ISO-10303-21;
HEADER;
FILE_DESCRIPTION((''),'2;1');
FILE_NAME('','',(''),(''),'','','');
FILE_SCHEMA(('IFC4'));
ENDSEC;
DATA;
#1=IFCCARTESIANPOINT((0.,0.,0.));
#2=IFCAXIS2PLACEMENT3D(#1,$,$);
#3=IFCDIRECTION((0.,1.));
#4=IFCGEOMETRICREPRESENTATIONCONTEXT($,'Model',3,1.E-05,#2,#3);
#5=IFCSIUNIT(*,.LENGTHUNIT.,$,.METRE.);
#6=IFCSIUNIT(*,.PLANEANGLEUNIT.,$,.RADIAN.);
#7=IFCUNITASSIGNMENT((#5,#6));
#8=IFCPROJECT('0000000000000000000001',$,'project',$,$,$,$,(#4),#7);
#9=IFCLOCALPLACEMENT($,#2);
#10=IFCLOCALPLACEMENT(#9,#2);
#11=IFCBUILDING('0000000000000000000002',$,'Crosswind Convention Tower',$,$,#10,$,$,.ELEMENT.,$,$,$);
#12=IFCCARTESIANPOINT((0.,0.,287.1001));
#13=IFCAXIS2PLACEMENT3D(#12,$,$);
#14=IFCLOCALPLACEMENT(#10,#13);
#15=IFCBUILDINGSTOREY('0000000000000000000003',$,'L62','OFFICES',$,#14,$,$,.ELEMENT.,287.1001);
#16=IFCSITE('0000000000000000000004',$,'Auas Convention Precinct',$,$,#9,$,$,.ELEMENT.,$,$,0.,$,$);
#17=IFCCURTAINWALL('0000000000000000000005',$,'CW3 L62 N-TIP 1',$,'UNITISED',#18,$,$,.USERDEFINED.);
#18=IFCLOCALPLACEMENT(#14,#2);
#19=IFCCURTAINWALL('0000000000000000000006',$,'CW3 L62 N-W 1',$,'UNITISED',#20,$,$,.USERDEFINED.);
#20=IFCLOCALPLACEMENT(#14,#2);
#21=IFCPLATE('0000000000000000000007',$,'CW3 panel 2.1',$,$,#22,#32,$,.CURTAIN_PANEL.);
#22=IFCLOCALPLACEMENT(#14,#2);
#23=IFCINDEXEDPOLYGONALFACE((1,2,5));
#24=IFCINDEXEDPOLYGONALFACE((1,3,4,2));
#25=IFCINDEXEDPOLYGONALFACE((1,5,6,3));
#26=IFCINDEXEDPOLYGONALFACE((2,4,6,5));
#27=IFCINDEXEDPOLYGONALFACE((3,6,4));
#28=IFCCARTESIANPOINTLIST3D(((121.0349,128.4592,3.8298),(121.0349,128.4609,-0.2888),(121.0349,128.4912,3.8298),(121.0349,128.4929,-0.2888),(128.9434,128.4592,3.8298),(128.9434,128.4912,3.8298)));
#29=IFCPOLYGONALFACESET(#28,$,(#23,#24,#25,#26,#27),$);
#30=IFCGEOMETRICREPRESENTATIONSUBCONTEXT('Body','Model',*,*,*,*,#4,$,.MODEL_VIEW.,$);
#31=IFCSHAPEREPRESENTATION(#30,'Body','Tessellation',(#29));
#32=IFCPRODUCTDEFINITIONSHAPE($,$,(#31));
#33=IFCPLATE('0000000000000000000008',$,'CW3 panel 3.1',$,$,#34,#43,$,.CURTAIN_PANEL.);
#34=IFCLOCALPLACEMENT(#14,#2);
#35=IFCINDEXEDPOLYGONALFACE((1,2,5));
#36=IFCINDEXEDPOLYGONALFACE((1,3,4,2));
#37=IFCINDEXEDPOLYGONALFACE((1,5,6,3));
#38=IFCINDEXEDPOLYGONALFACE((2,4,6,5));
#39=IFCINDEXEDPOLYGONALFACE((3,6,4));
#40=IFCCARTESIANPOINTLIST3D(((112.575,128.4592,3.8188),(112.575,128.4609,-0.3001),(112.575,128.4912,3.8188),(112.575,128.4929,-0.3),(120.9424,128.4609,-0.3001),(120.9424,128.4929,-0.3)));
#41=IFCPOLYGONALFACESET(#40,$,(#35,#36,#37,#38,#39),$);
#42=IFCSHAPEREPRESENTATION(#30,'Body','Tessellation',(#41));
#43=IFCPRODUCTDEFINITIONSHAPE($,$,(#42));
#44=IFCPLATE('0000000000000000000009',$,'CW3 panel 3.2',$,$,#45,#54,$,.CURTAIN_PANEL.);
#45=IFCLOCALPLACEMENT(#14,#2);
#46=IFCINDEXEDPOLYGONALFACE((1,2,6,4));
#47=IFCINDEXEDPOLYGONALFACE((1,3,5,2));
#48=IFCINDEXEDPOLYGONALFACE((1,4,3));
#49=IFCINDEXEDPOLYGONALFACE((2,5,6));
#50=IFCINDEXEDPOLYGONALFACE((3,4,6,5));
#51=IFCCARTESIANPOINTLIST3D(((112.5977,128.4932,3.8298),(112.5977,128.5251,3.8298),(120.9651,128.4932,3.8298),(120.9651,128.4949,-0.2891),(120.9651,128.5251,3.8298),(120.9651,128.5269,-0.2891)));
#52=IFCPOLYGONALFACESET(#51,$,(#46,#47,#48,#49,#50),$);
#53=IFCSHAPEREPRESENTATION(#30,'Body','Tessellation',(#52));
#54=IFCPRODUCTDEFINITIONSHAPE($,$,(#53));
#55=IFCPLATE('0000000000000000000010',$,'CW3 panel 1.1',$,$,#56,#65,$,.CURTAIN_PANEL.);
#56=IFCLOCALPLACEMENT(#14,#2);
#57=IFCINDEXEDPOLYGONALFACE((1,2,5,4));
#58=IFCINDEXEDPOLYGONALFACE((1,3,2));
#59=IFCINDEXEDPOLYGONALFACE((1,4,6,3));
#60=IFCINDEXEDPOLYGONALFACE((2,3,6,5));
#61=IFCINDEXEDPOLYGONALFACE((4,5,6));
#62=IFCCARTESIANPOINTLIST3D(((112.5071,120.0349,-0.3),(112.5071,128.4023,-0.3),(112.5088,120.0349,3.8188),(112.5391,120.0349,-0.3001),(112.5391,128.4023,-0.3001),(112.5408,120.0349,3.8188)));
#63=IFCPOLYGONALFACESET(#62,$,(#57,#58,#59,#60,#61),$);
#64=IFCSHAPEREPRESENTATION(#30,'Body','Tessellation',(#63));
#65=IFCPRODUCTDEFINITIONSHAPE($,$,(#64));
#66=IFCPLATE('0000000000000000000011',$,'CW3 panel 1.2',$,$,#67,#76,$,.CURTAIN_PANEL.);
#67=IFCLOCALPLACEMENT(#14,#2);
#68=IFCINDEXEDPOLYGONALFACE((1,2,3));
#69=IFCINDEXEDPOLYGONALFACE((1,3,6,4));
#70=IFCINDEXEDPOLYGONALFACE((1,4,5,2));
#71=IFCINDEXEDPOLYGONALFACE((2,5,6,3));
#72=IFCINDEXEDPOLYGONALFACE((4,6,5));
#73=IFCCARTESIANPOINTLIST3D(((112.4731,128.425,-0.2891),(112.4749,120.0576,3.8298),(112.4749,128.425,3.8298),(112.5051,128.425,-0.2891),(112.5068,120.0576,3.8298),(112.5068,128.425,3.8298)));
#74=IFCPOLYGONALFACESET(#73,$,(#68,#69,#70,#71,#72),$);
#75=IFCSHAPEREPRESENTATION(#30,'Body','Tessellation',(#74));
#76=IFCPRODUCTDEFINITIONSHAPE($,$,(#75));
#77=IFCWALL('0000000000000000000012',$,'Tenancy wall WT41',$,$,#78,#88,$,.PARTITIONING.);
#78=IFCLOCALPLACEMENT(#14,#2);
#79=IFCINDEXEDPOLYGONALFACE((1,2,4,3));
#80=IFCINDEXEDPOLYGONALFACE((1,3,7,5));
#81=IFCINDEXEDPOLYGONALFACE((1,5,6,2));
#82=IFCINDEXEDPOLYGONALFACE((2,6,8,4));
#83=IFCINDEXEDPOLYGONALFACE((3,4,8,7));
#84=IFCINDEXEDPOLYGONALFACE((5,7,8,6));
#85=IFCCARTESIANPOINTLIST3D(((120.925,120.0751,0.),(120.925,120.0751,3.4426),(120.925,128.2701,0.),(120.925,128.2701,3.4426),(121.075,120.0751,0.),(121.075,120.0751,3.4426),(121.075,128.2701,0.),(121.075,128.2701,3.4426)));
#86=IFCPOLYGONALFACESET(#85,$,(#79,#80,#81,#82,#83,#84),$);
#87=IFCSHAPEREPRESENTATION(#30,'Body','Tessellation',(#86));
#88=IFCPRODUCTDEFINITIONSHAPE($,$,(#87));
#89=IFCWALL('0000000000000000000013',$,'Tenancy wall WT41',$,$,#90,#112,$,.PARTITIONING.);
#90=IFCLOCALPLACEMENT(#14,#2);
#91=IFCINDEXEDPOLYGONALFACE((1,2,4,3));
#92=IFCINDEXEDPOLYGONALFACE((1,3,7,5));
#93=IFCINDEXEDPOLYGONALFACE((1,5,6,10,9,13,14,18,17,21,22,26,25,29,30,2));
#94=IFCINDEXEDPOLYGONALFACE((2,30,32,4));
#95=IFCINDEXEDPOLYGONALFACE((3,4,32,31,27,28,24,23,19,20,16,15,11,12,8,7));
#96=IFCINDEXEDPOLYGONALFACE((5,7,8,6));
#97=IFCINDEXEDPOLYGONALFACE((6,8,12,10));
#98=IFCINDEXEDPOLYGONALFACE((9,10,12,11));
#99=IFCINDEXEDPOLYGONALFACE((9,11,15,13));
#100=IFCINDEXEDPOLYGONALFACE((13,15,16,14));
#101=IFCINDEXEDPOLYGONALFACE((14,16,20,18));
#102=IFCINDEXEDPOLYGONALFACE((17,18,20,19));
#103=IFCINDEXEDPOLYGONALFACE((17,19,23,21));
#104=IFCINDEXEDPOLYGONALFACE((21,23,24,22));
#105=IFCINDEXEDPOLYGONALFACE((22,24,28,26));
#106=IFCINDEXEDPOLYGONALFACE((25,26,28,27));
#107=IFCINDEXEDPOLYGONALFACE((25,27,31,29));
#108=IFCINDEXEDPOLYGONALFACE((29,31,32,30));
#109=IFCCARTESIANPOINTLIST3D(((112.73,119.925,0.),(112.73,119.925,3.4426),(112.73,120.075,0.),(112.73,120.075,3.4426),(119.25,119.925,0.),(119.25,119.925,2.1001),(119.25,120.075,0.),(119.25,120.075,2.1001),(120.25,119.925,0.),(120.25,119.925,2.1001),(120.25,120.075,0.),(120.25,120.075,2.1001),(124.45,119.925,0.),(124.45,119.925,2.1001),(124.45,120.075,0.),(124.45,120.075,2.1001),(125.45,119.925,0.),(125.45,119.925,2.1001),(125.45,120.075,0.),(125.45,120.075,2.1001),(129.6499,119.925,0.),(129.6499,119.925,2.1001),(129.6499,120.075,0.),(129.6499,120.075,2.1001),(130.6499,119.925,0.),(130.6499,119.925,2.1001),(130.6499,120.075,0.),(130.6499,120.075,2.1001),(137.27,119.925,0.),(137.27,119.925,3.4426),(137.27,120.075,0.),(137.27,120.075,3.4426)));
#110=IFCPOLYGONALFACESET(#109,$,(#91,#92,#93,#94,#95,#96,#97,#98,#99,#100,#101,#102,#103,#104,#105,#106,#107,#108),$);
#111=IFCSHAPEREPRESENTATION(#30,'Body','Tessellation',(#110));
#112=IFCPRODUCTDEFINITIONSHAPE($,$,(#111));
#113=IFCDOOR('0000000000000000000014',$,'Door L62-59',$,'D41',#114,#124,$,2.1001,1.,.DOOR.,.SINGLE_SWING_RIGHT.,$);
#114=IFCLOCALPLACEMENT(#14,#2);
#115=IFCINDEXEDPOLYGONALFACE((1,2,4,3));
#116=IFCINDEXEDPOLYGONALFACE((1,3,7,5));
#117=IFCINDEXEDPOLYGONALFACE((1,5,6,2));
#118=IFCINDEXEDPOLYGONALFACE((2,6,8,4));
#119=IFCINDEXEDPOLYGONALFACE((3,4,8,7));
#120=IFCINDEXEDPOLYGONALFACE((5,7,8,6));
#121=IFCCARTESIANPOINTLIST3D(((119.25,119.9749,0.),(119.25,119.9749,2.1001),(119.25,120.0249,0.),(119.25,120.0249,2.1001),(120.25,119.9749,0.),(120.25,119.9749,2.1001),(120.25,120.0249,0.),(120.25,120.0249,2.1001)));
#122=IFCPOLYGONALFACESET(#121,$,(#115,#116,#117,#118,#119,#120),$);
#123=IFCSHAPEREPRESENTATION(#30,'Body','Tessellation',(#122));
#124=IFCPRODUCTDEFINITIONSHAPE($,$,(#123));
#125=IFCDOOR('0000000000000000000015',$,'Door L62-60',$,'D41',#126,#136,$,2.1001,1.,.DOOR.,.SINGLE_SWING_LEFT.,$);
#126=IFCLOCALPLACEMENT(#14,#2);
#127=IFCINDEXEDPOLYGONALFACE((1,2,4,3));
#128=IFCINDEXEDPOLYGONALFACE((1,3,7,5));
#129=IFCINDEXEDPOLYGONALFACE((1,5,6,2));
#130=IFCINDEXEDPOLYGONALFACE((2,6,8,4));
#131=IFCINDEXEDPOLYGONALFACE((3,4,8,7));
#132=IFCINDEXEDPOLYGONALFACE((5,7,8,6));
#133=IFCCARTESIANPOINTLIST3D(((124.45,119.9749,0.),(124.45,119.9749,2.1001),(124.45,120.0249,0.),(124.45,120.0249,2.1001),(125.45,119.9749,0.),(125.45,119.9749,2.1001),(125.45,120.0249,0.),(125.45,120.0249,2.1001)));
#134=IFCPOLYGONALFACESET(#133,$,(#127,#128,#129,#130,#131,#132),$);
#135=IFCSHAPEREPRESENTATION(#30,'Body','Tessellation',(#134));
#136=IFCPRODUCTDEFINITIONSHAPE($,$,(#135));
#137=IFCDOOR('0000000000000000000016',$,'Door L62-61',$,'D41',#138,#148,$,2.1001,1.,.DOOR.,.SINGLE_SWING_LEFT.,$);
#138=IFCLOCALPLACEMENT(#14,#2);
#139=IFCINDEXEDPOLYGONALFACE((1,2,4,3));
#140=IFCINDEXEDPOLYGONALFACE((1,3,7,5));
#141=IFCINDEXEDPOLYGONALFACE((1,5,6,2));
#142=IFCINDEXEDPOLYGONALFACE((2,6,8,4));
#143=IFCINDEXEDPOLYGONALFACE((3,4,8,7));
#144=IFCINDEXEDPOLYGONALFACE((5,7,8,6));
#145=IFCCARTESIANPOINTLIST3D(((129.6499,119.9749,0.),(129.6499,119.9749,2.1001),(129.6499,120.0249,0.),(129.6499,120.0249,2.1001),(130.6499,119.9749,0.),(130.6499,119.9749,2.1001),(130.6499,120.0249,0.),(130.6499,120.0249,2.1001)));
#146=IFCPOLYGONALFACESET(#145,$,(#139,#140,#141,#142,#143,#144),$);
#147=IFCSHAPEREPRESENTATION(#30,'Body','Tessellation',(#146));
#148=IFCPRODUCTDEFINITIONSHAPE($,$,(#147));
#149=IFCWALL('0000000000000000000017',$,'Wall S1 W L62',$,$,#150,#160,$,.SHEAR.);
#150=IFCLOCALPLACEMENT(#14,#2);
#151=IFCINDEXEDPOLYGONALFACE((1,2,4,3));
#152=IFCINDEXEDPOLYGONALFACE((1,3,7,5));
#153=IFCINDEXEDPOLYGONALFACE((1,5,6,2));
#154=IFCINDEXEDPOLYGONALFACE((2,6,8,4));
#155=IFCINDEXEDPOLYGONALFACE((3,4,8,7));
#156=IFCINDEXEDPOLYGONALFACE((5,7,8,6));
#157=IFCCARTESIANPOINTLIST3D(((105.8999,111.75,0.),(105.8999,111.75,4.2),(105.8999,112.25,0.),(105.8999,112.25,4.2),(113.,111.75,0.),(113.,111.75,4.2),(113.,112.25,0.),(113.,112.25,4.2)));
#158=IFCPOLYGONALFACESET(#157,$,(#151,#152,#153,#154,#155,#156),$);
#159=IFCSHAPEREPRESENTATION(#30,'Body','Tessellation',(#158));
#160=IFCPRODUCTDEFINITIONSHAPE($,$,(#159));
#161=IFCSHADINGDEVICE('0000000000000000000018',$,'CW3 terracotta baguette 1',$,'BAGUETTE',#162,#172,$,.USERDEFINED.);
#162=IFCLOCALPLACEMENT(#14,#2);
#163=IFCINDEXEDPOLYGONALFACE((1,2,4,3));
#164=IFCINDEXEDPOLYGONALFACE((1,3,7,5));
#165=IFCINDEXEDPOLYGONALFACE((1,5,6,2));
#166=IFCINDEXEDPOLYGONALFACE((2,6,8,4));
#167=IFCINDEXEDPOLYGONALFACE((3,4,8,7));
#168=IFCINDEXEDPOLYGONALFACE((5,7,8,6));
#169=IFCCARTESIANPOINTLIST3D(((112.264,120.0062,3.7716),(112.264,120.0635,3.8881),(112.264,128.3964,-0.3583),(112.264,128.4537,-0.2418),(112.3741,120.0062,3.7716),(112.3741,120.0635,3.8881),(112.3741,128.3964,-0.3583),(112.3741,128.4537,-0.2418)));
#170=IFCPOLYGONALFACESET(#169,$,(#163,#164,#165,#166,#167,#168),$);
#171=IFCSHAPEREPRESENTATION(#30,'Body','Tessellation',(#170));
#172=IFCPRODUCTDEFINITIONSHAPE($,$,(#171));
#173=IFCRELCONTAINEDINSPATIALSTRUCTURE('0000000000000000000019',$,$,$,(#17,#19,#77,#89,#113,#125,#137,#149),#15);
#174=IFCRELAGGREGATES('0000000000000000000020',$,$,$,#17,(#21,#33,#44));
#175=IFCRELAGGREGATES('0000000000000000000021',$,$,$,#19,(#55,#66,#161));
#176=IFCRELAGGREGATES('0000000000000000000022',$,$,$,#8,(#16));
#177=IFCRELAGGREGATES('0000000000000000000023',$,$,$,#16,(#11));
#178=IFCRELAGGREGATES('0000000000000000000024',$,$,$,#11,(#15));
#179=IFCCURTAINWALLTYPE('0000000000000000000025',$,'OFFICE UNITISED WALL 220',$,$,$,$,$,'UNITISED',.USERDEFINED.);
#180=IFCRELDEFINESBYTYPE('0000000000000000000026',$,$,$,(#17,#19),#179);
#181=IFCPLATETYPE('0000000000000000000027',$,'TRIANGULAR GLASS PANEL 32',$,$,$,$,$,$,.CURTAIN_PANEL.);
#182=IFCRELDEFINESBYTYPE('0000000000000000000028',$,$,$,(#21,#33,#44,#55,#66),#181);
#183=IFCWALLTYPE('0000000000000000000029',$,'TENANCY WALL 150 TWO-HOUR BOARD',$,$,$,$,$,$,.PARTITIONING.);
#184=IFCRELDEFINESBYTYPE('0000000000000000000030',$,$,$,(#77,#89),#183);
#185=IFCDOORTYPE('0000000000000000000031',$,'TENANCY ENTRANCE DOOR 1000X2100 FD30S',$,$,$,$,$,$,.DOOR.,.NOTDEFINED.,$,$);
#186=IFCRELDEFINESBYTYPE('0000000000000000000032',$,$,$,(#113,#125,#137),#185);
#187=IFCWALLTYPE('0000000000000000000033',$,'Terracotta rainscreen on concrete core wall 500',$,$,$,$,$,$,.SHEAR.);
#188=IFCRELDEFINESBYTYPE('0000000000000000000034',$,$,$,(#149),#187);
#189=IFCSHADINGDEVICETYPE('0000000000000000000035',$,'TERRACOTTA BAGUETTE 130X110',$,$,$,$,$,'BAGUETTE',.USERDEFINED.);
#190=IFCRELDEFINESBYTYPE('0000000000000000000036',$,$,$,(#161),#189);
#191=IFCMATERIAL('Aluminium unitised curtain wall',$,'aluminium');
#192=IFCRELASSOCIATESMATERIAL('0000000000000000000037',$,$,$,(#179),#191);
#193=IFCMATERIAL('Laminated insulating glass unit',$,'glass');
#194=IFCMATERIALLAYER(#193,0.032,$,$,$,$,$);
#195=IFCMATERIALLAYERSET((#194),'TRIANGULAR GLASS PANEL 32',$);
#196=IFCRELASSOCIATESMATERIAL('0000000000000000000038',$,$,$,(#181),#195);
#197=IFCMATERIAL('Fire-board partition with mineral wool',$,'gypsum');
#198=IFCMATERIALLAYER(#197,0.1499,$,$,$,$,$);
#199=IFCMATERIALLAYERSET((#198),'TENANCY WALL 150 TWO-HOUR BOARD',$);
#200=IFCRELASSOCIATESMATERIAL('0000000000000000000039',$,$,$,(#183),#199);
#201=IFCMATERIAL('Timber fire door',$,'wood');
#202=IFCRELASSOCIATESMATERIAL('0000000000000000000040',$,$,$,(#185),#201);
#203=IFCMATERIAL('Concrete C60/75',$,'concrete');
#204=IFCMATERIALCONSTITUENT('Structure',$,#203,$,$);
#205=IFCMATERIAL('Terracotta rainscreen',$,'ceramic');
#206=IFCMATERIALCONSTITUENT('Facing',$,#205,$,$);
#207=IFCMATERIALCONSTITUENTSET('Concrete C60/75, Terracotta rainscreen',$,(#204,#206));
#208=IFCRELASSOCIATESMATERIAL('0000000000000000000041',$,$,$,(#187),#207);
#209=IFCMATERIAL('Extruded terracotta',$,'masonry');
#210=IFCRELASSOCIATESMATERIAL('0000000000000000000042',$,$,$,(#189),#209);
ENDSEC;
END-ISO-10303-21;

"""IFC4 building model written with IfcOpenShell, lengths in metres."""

from ifc_helpers import new_model, si_unit, direction, frame, frame_2d, origin, origin_2d, place, context, subcontext, project, spatial, polyline, rectangle, outline, extrude, material, layer, layer_set, constituent, constituent_set, material_profile, profile_set, type_object, element, fill, aggregate, save


model = new_model("IFC4")

# Units and contexts
model_context = context("Model", 3, precision=1e-05, world=origin(), true_north=direction((0.0, 1.0)))
body_context = subcontext(model_context, "Body", "Model", "MODEL_VIEW")
ifc_project = project(units=[si_unit("LENGTHUNIT", "METRE"), si_unit("PLANEANGLEUNIT", "RADIAN")], contexts=[model_context])

# Site, building, storey
site_placement = place(None, origin())
site = spatial("IfcSite", under=ifc_project, at=site_placement, Name="Auas Convention Precinct", CompositionType="ELEMENT", RefElevation=0.0)
building_placement = place(site_placement, origin())
building = spatial("IfcBuilding", under=site, at=building_placement, Name="Crosswind Convention Tower", CompositionType="ELEMENT")
storey_placement = place(building_placement, frame((0.0, 0.0, 287.1001)))
storey = spatial("IfcBuildingStorey", under=building, at=storey_placement, Name="L62", Description="OFFICES", CompositionType="ELEMENT", Elevation=287.1001)

# Shared definitions
ifc_material_1 = material(Name="Concrete C60/75", Category="concrete")

# Curtain wall
ifc_material_2 = material(Name="Aluminium unitised curtain wall", Category="aluminium")
curtain_wall_type_1 = type_object("IfcCurtainWallType", Name="OFFICE UNITISED WALL 220", ElementType="UNITISED", PredefinedType="USERDEFINED", material=ifc_material_2)
curtain_wall_1_placement = place(storey_placement, origin())
curtain_wall_1 = element("IfcCurtainWall", 1, at=curtain_wall_1_placement, inside=storey, type_object=curtain_wall_type_1, Name="CW3 L62 N-TIP 1", ObjectType="UNITISED", PredefinedType="USERDEFINED")

# Curtain wall
curtain_wall_2_placement = place(storey_placement, origin())
curtain_wall_2 = element("IfcCurtainWall", 2, at=curtain_wall_2_placement, inside=storey, type_object=curtain_wall_type_1, Name="CW3 L62 N-W 1", ObjectType="UNITISED", PredefinedType="USERDEFINED")

# Plates
ifc_material_3 = material(Name="Laminated insulating glass unit", Category="glass")
ifc_layer_1 = layer(ifc_material_3, 0.032)
ifc_layer_set_1 = layer_set([ifc_layer_1], Name="TRIANGULAR GLASS PANEL 32")
plate_type_1 = type_object("IfcPlateType", Name="TRIANGULAR GLASS PANEL 32", PredefinedType="CURTAIN_PANEL", material=ifc_layer_set_1)
plate_1_placement = place(storey_placement, frame((121.0349, 128.4912, 3.8298), z_axis=(0.0, 1.0, 0.000415), x_axis=(1.0, 0.0, 0.0)))
plate_1 = element("IfcPlate", 3, at=plate_1_placement, type_object=plate_type_1, Name="CW3 panel 2.1", PredefinedType="CURTAIN_PANEL", context=body_context, shape_type="SweptSolid", body=[
    extrude(outline(polyline([(0.0, 0.0), (7.9084, 0.0), (0.0, 4.1187), (0.0, 0.0)])), origin(), (0.0, 0.0, -1.0), 0.032),
])
plate_2_placement = place(storey_placement, frame((112.575, 128.4929, -0.3), z_axis=(0.0, 1.0, 0.000415), x_axis=(0.0, -0.000415, 1.0)))
plate_2 = element("IfcPlate", 4, at=plate_2_placement, type_object=plate_type_1, Name="CW3 panel 3.1", PredefinedType="CURTAIN_PANEL", context=body_context, shape_type="SweptSolid", body=[
    extrude(outline(polyline([(0.0, 0.0), (4.1189, 0.0), (0.0, 8.3674), (0.0, 0.0)])), origin(), (0.0, 0.0, -1.0), 0.032),
])
plate_3_placement = place(storey_placement, frame((120.9651, 128.5251, 3.8298), z_axis=(0.0, 1.0, 0.000415), x_axis=(0.0, 0.000415, -1.0)))
plate_3 = element("IfcPlate", 5, at=plate_3_placement, type_object=plate_type_1, Name="CW3 panel 3.2", PredefinedType="CURTAIN_PANEL", context=body_context, shape_type="SweptSolid", body=[
    extrude(outline(polyline([(0.0, 0.0), (4.1189, 0.0), (0.0, 8.3674), (0.0, 0.0)])), origin(), (0.0, 0.0, -1.0), 0.032),
])
aggregate(curtain_wall_1, [plate_1, plate_2, plate_3])
plate_4_placement = place(storey_placement, frame((112.5071, 120.0349, -0.3), z_axis=(-1.0, 0.0, 0.000415), x_axis=(0.000415, 0.0, 1.0)))
plate_4 = element("IfcPlate", 6, at=plate_4_placement, type_object=plate_type_1, Name="CW3 panel 1.1", PredefinedType="CURTAIN_PANEL", context=body_context, shape_type="SweptSolid", body=[
    extrude(outline(polyline([(0.0, 0.0), (4.1189, 0.0), (0.0, 8.3674), (0.0, 0.0)])), origin(), (0.0, 0.0, -1.0), 0.032),
])
plate_5_placement = place(storey_placement, frame((112.4749, 128.425, 3.8298), z_axis=(-1.0, 0.0, 0.000415), x_axis=(-0.000415, 0.0, -1.0)))
plate_5 = element("IfcPlate", 7, at=plate_5_placement, type_object=plate_type_1, Name="CW3 panel 1.2", PredefinedType="CURTAIN_PANEL", context=body_context, shape_type="SweptSolid", body=[
    extrude(outline(polyline([(0.0, 0.0), (4.1189, 0.0), (0.0, 8.3674), (0.0, 0.0)])), origin(), (0.0, 0.0, -1.0), 0.032),
])

# Wall
ifc_material_4 = material(Name="Fire-board partition with mineral wool", Category="gypsum")
ifc_layer_2 = layer(ifc_material_4, 0.1499)
ifc_layer_set_2 = layer_set([ifc_layer_2], Name="TENANCY WALL 150 TWO-HOUR BOARD")
wall_type_1 = type_object("IfcWallType", Name="TENANCY WALL 150 TWO-HOUR BOARD", PredefinedType="PARTITIONING", material=ifc_layer_set_2)
wall_1_placement = place(storey_placement, frame((121.0, 120.075, 0.0), z_axis=(0.0, 0.0, 1.0), x_axis=(0.0, 1.0, 0.0)))
element("IfcWall", 8, at=wall_1_placement, inside=storey, type_object=wall_type_1, Name="Tenancy wall WT41", PredefinedType="PARTITIONING", context=body_context, shape_type="SweptSolid", body=[
    extrude(rectangle(XDim=8.1951, YDim=0.1499, at=frame_2d((4.0977, 0.0))), origin(), (0.0, 0.0, 1.0), 3.4426),
])

# Wall, openings, doors
wall_2_placement = place(storey_placement, frame((112.73, 120.0, 0.0), z_axis=(0.0, 0.0, 1.0), x_axis=(1.0, 0.0, 0.0)))
wall_2 = element("IfcWall", 9, at=wall_2_placement, inside=storey, type_object=wall_type_1, Name="Tenancy wall WT41", PredefinedType="PARTITIONING", context=body_context, shape_type="SweptSolid", body=[
    extrude(rectangle(XDim=24.54, YDim=0.1499, at=frame_2d((12.27, 0.0))), origin(), (0.0, 0.0, 1.0), 3.4426),
])
opening_1_placement = place(wall_2_placement, frame((6.52, 0.0, 0.0)))
opening_1 = element("IfcOpeningElement", 10, at=opening_1_placement, cuts=wall_2, PredefinedType="OPENING", context=body_context, shape_type="SweptSolid", body=[
    extrude(rectangle(XDim=1.0, YDim=2.1001, at=frame_2d((0.5, 1.05))), frame((0.0, 0.085, 0.0), z_axis=(0.0, -1.0, 0.0), x_axis=(1.0, 0.0, 0.0)), (0.0, 0.0, 1.0), 0.1699),
])
opening_2_placement = place(wall_2_placement, frame((11.72, 0.0, 0.0)))
opening_2 = element("IfcOpeningElement", 11, at=opening_2_placement, cuts=wall_2, PredefinedType="OPENING", context=body_context, shape_type="SweptSolid", body=[
    extrude(rectangle(XDim=1.0, YDim=2.1001, at=frame_2d((0.5, 1.05))), frame((0.0, 0.085, 0.0), z_axis=(0.0, -1.0, 0.0), x_axis=(1.0, 0.0, 0.0)), (0.0, 0.0, 1.0), 0.1699),
])
opening_3_placement = place(wall_2_placement, frame((16.9199, 0.0, 0.0)))
opening_3 = element("IfcOpeningElement", 12, at=opening_3_placement, cuts=wall_2, PredefinedType="OPENING", context=body_context, shape_type="SweptSolid", body=[
    extrude(rectangle(XDim=1.0, YDim=2.1001, at=frame_2d((0.5, 1.05))), frame((0.0, 0.085, 0.0), z_axis=(0.0, -1.0, 0.0), x_axis=(1.0, 0.0, 0.0)), (0.0, 0.0, 1.0), 0.1699),
])
ifc_material_5 = material(Name="Timber fire door", Category="wood")
door_type = type_object("IfcDoorType", Name="TENANCY ENTRANCE DOOR 1000X2100 FD30S", OperationType="NOTDEFINED", PredefinedType="DOOR", material=ifc_material_5)
door_1_placement = place(opening_1_placement, origin())
door_1 = element("IfcDoor", 13, at=door_1_placement, inside=storey, type_object=door_type, Name="Door L62-59", ObjectType="D41", OperationType="SINGLE_SWING_RIGHT", OverallHeight=2.1001, OverallWidth=1.0, PredefinedType="DOOR", context=body_context, shape_type="SweptSolid", body=[
    extrude(rectangle(XDim=1.0, YDim=2.1001, at=frame_2d((0.5, 1.05))), frame((0.0, 0.0249, 0.0), z_axis=(0.0, -1.0, 0.0), x_axis=(1.0, 0.0, 0.0)), (0.0, 0.0, 1.0), 0.05),
])
fill(opening_1, door_1)
door_2_placement = place(opening_2_placement, origin())
door_2 = element("IfcDoor", 14, at=door_2_placement, inside=storey, type_object=door_type, Name="Door L62-60", ObjectType="D41", OperationType="SINGLE_SWING_LEFT", OverallHeight=2.1001, OverallWidth=1.0, PredefinedType="DOOR", context=body_context, shape_type="SweptSolid", body=[
    extrude(rectangle(XDim=1.0, YDim=2.1001, at=frame_2d((0.5, 1.05))), frame((0.0, 0.0249, 0.0), z_axis=(0.0, -1.0, 0.0), x_axis=(1.0, 0.0, 0.0)), (0.0, 0.0, 1.0), 0.05),
])
fill(opening_2, door_2)
door_3_placement = place(opening_3_placement, origin())
door_3 = element("IfcDoor", 15, at=door_3_placement, inside=storey, type_object=door_type, Name="Door L62-61", ObjectType="D41", OperationType="SINGLE_SWING_LEFT", OverallHeight=2.1001, OverallWidth=1.0, PredefinedType="DOOR", context=body_context, shape_type="SweptSolid", body=[
    extrude(rectangle(XDim=1.0, YDim=2.1001, at=frame_2d((0.5, 1.05))), frame((0.0, 0.0249, 0.0), z_axis=(0.0, -1.0, 0.0), x_axis=(1.0, 0.0, 0.0)), (0.0, 0.0, 1.0), 0.05),
])
fill(opening_3, door_3)

# Wall
ifc_constituent_1 = constituent(ifc_material_1, Name="Structure")
ifc_material_6 = material(Name="Terracotta rainscreen", Category="ceramic")
ifc_constituent_2 = constituent(ifc_material_6, Name="Facing")
ifc_constituent_set = constituent_set(constituents=[ifc_constituent_1, ifc_constituent_2], Name="Concrete C60/75, Terracotta rainscreen")
wall_type_2 = type_object("IfcWallType", Name="Terracotta rainscreen on concrete core wall 500", PredefinedType="SHEAR", material=ifc_constituent_set)
wall_3_placement = place(storey_placement, frame((113.0, 112.0, 0.0), z_axis=(0.0, 0.0, 1.0), x_axis=(-1.0, 0.0, 0.0)))
element("IfcWall", 16, at=wall_3_placement, inside=storey, type_object=wall_type_2, Name="Wall S1 W L62", PredefinedType="SHEAR", context=body_context, shape_type="SweptSolid", body=[
    extrude(rectangle(XDim=7.1001, YDim=0.5, at=frame_2d((3.55, 0.0))), origin(), (0.0, 0.0, 1.0), 4.2),
])

# Shading device
ifc_material_7 = material(Name="Extruded terracotta", Category="masonry")
ifc_material_profile_1 = material_profile(ifc_material_7, rectangle(XDim=0.1101, YDim=0.1299, at=origin_2d()), Name="TC 110X130")
ifc_profile_set_1 = profile_set([ifc_material_profile_1], Name="Extruded terracotta")
shading_device_type = type_object("IfcShadingDeviceType", Name="TERRACOTTA BAGUETTE 130X110", ElementType="BAGUETTE", PredefinedType="USERDEFINED", material=ifc_profile_set_1)
shading_device_placement = place(storey_placement, frame((112.3191, 128.425, -0.3), z_axis=(0.0, -0.897198, 0.441628), x_axis=(1.0, 0.0, 0.0)))
shading_device = element("IfcShadingDevice", 17, at=shading_device_placement, type_object=shading_device_type, Name="CW3 terracotta baguette 1", ObjectType="BAGUETTE", PredefinedType="USERDEFINED", context=body_context, shape_type="SweptSolid", body=[
    extrude(rectangle(XDim=0.1101, YDim=0.1299, at=origin_2d()), origin(), (0.0, 0.0, 1.0), 9.3516),
])
aggregate(curtain_wall_2, [plate_4, plate_5, shading_device])

save(model, "model.ifc")
